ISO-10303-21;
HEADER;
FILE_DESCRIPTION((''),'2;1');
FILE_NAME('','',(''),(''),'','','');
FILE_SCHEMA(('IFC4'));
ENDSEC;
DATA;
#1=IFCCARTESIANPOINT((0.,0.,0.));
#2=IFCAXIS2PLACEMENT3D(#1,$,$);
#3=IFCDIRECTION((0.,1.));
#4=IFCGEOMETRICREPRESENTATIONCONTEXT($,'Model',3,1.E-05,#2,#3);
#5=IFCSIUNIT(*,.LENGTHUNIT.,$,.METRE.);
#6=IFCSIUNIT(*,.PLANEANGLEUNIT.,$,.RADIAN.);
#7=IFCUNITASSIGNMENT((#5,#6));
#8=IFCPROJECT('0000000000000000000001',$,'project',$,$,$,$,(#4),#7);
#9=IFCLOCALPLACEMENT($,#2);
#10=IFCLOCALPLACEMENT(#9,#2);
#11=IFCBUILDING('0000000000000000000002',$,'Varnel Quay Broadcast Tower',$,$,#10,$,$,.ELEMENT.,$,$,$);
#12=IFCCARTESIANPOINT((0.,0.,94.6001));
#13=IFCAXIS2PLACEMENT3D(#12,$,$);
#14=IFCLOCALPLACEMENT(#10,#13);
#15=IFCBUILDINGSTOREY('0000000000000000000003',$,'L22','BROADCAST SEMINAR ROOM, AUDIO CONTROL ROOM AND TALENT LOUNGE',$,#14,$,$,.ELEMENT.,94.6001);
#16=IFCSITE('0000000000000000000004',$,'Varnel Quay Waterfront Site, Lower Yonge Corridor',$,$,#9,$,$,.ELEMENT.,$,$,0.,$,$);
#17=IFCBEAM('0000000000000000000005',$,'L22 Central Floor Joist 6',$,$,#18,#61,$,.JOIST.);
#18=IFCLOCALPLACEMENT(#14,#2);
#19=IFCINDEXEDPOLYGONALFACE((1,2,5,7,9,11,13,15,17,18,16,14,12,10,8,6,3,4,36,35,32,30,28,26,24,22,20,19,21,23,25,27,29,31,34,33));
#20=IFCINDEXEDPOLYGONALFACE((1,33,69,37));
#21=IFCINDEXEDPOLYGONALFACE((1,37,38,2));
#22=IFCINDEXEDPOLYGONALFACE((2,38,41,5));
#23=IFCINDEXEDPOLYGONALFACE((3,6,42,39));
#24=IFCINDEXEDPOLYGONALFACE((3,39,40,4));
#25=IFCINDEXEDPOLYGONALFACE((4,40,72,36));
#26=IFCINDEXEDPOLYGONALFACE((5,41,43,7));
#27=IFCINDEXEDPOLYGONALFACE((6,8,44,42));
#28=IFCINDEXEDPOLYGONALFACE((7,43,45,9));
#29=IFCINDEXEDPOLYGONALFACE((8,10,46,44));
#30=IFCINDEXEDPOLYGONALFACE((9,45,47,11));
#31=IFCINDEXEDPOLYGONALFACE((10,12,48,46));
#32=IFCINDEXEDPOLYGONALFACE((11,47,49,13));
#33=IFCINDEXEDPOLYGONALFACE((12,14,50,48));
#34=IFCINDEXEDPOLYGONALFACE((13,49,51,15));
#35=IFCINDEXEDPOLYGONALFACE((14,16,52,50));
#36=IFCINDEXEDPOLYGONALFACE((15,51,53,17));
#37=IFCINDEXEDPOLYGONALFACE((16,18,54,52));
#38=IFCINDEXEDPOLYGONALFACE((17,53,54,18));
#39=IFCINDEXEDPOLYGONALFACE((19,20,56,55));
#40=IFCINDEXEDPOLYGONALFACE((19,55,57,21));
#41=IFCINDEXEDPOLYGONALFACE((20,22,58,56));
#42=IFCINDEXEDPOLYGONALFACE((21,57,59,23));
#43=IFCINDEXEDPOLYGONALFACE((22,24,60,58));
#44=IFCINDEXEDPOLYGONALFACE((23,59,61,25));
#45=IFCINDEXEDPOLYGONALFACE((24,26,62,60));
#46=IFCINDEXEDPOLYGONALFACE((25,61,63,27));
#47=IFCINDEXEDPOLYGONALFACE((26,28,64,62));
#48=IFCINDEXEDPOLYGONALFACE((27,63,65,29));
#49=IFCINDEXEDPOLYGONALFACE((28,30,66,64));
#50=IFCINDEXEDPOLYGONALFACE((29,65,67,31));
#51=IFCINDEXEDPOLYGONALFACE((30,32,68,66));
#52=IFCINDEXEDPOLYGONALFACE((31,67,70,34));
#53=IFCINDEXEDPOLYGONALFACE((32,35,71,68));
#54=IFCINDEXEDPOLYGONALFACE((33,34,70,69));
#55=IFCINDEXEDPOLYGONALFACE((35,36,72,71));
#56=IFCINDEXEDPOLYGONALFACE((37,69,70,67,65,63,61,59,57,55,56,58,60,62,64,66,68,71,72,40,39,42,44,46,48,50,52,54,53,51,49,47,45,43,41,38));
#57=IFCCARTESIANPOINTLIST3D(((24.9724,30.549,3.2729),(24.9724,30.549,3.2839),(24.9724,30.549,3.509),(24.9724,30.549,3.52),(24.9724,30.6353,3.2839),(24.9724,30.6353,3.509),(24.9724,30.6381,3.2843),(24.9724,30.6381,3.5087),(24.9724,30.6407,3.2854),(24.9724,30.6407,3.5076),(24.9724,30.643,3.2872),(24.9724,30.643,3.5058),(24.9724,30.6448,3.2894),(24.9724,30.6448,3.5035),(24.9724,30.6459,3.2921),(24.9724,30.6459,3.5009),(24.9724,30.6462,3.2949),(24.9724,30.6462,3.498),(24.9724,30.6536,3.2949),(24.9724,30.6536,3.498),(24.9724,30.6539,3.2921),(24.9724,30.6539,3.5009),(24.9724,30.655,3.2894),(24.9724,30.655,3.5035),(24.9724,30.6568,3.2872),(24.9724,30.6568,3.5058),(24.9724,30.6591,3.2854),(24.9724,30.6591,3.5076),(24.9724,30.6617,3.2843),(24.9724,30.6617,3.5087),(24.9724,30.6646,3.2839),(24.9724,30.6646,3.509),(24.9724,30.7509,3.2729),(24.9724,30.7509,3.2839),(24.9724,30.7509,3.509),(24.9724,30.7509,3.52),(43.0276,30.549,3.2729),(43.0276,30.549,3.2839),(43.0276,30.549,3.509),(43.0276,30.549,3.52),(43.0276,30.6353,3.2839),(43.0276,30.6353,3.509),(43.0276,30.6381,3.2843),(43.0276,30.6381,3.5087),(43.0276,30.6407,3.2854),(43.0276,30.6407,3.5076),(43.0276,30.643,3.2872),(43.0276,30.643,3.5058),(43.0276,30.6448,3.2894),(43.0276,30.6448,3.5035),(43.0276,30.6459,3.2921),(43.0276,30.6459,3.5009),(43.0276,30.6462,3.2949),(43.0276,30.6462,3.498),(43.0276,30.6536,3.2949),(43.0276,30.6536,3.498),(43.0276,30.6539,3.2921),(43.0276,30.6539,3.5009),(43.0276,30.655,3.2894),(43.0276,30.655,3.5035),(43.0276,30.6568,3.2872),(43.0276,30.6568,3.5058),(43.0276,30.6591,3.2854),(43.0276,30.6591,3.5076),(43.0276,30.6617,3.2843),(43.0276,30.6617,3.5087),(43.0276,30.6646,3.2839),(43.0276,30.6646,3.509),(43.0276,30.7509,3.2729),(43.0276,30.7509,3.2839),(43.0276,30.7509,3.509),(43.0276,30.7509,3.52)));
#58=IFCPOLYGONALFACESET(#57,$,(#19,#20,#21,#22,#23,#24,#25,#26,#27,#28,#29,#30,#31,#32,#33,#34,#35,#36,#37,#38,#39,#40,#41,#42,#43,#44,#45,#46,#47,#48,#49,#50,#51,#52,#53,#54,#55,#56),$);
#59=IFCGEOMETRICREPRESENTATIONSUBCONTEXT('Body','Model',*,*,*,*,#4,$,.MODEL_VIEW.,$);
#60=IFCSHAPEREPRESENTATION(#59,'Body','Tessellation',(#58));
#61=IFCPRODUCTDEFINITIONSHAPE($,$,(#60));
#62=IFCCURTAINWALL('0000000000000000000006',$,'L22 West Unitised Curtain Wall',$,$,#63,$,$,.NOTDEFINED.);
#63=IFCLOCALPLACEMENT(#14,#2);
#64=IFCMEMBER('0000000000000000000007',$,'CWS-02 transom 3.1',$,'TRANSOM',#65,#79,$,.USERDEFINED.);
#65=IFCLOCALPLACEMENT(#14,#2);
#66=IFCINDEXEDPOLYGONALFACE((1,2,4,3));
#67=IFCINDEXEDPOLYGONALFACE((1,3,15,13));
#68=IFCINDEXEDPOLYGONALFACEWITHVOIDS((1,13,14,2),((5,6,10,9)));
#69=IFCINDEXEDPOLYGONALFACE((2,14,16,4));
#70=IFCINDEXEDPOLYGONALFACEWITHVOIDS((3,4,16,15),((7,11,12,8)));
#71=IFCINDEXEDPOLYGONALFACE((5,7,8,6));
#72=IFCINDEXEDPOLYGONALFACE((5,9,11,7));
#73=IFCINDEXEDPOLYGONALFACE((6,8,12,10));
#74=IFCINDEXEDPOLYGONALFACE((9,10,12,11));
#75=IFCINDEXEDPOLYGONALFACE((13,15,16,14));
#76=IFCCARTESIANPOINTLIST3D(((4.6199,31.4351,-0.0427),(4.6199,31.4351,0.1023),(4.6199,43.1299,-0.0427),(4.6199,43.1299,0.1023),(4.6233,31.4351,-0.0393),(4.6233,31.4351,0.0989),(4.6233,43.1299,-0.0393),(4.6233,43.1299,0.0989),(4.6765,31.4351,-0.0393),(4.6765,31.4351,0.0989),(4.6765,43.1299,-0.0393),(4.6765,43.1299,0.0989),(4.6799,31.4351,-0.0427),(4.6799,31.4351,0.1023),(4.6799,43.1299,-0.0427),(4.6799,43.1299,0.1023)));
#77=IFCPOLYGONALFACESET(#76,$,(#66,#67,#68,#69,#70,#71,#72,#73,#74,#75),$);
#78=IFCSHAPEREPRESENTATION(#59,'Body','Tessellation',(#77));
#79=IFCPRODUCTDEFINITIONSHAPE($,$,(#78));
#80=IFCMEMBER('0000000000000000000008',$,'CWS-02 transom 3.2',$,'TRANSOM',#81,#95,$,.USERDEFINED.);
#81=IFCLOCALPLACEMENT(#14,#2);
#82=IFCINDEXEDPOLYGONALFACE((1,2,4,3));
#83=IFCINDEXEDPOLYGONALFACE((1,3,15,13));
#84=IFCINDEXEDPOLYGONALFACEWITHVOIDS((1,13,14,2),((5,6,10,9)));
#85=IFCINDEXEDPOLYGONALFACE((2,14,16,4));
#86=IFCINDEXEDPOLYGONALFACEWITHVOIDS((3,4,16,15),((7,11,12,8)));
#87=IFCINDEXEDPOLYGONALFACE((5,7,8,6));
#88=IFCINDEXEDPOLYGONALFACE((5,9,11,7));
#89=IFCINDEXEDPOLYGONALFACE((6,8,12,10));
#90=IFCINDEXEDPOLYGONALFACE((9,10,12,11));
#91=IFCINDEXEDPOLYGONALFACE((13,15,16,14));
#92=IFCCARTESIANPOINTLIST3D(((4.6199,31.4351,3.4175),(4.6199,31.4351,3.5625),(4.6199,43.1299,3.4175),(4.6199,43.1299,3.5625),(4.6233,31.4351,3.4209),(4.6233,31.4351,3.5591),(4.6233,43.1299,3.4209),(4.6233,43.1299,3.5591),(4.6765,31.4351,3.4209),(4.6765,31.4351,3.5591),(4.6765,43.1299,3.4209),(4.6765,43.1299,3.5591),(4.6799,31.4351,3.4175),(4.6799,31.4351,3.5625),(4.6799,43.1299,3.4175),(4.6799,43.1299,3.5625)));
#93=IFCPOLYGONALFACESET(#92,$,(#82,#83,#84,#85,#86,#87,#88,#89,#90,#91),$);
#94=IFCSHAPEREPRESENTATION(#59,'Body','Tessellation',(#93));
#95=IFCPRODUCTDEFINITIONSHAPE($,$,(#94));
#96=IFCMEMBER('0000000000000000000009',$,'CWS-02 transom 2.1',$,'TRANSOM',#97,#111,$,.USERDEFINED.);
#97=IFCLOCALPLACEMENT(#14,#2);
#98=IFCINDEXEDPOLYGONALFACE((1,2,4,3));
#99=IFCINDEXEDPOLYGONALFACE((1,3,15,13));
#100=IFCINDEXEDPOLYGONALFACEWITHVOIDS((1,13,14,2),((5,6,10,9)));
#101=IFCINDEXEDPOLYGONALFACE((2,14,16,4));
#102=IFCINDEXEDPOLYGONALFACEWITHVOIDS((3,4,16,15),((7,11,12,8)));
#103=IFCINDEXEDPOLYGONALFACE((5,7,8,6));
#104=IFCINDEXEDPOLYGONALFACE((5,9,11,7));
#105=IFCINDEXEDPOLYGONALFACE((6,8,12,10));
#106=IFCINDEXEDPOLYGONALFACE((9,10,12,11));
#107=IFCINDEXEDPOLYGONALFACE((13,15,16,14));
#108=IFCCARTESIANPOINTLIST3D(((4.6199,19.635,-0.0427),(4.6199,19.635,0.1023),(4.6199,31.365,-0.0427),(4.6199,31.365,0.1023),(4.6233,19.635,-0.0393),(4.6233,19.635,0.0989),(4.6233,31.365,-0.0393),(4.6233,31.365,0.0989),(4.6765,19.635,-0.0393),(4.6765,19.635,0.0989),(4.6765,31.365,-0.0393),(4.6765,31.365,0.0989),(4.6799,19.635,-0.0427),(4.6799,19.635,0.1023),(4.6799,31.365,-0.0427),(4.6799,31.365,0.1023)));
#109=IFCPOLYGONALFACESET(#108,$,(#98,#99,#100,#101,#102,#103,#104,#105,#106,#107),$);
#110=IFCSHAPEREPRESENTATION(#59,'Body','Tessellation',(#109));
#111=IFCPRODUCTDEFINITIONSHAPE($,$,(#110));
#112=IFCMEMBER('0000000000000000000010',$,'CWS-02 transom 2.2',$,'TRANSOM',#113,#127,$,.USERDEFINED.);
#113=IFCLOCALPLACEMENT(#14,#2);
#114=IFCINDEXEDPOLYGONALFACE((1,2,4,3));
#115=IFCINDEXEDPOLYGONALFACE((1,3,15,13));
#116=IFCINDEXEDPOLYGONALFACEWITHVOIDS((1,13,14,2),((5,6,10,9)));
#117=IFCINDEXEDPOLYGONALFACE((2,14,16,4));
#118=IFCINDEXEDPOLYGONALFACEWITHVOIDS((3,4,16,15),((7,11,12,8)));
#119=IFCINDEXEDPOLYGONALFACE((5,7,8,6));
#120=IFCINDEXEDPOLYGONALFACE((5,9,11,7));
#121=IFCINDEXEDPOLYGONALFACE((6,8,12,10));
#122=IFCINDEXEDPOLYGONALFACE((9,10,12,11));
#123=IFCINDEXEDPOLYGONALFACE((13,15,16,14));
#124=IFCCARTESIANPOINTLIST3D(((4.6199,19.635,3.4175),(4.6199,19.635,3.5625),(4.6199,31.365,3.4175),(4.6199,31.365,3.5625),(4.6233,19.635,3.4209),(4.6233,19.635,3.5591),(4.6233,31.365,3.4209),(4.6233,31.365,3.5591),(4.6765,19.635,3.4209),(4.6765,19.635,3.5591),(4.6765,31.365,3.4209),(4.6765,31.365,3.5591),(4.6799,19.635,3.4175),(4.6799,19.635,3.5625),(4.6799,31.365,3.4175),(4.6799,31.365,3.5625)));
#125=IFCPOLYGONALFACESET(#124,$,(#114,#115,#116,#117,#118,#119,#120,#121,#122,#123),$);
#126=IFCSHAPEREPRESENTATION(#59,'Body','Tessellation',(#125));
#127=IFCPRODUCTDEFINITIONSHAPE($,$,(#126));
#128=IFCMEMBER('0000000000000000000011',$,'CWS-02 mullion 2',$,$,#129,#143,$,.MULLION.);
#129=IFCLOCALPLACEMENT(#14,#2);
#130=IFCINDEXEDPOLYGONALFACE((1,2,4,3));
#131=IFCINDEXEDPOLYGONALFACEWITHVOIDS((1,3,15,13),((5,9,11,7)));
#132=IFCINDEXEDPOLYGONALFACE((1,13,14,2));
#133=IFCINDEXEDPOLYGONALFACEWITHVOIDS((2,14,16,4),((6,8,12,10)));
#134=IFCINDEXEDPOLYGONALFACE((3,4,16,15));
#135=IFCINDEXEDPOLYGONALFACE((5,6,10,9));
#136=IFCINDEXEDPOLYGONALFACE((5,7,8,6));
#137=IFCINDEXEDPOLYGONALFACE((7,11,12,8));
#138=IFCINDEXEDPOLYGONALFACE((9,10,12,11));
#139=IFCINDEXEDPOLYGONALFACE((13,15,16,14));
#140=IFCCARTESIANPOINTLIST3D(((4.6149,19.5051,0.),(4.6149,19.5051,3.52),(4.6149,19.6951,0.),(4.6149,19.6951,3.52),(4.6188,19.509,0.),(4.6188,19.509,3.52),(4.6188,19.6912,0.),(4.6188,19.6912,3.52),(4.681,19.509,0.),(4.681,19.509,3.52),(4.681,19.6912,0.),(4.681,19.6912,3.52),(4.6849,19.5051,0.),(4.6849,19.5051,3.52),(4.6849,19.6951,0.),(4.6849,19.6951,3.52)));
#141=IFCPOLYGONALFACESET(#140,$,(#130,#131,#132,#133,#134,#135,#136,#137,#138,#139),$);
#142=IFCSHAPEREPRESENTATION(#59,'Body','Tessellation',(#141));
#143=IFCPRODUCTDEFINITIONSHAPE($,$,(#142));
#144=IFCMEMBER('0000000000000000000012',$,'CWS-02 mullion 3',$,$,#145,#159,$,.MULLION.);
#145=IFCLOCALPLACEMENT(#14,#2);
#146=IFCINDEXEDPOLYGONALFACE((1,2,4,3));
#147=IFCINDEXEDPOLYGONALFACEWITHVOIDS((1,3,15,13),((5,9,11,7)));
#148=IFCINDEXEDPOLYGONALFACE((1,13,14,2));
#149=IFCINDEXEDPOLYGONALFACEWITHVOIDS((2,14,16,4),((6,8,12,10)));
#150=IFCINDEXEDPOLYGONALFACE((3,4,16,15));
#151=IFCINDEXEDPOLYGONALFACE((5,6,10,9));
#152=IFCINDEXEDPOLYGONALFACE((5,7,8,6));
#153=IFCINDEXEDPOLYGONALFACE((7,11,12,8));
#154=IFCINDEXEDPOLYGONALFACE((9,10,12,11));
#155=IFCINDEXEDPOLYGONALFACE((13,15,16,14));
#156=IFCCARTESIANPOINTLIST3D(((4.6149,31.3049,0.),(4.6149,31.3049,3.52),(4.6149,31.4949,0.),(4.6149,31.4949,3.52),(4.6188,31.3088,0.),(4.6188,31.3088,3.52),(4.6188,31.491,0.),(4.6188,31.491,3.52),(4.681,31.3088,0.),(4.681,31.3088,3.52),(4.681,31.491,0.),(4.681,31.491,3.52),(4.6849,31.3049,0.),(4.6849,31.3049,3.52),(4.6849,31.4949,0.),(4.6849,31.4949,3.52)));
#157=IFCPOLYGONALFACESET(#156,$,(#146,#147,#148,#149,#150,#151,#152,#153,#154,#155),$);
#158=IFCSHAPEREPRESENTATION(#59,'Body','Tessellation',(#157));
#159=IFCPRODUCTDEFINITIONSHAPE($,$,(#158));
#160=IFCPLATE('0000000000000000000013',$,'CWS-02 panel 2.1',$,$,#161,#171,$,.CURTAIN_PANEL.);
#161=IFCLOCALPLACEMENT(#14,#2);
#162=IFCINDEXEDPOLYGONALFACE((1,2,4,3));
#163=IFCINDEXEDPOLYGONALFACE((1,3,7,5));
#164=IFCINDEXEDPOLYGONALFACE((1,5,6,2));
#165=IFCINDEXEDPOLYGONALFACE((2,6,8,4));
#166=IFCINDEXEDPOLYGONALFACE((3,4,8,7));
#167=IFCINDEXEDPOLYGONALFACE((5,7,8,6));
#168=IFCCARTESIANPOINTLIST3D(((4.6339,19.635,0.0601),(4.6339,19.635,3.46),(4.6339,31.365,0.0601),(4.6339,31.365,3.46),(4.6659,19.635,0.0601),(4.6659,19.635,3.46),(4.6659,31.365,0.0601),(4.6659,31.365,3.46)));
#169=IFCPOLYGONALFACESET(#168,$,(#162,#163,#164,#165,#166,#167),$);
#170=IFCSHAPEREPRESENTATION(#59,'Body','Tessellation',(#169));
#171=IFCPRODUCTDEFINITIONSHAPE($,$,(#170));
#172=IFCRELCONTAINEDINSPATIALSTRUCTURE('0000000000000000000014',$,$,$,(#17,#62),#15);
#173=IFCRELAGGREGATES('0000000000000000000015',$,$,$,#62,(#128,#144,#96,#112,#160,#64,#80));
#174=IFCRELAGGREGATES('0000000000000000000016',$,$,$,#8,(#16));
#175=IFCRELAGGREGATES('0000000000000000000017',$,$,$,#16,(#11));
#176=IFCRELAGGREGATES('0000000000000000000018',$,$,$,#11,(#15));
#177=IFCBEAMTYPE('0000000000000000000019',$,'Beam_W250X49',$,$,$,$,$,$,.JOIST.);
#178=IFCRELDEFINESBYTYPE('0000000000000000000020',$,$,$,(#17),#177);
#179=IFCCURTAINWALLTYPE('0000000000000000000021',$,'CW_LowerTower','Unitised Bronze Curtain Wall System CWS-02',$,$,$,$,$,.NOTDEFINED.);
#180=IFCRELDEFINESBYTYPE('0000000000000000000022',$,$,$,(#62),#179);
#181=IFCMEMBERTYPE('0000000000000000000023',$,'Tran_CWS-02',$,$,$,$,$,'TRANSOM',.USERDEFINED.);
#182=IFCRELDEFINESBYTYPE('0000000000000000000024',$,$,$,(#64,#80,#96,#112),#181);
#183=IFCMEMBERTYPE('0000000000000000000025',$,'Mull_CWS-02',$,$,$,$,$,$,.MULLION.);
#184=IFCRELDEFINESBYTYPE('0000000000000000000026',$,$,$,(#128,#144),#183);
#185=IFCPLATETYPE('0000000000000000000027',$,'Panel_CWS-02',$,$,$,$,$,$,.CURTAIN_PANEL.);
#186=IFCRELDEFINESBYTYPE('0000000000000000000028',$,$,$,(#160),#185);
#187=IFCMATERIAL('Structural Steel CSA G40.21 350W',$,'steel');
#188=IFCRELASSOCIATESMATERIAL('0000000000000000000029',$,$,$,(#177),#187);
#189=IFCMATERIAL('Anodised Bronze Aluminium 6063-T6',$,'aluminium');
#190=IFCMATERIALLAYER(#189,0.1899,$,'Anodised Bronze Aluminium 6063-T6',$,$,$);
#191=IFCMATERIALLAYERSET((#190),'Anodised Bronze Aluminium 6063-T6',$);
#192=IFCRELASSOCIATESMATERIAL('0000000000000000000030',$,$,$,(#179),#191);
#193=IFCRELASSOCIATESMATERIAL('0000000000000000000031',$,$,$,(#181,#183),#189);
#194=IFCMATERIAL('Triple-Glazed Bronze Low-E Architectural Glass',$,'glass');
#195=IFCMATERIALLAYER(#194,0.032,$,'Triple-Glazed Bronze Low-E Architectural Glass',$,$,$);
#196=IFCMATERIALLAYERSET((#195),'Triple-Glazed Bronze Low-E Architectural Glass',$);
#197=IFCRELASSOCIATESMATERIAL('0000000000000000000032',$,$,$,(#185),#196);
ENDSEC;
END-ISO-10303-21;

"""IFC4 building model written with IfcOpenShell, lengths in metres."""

from ifc_helpers import new_model, si_unit, direction, frame, origin, origin_2d, place, context, subcontext, project, spatial, rectangle, hollow_rectangle, i_section, extrude, source, transform, mapped, material, layer, layer_set, material_profile, profile_set, type_object, type_shapes, element, aggregate, save


model = new_model("IFC4")

# Units and contexts
model_context = context("Model", 3, precision=1e-05, world=origin(), true_north=direction((0.0, 1.0)))
body_context = subcontext(model_context, "Body", "Model", "MODEL_VIEW")
ifc_project = project(units=[si_unit("LENGTHUNIT", "METRE"), si_unit("PLANEANGLEUNIT", "RADIAN")], contexts=[model_context])

# Site, building, storey
site_placement = place(None, origin())
site = spatial("IfcSite", under=ifc_project, at=site_placement, Name="Varnel Quay Waterfront Site, Lower Yonge Corridor", CompositionType="ELEMENT", RefElevation=0.0)
building_placement = place(site_placement, origin())
building = spatial("IfcBuilding", under=site, at=building_placement, Name="Varnel Quay Broadcast Tower", CompositionType="ELEMENT")
storey_placement = place(building_placement, frame((0.0, 0.0, 94.6001)))
storey = spatial("IfcBuildingStorey", under=building, at=storey_placement, Name="L22", Description="BROADCAST SEMINAR ROOM, AUDIO CONTROL ROOM AND TALENT LOUNGE", CompositionType="ELEMENT", Elevation=94.6001)

# Shared definitions
ifc_material_1 = material(Name="Structural Steel CSA G40.21 350W", Category="steel")

# Beam
ifc_material_profile_1 = material_profile(ifc_material_1, i_section(OverallWidth=0.2019, OverallDepth=0.2471, WebThickness=0.0073, FlangeThickness=0.011, FilletRadius=0.011, at=origin_2d()), Name="W250X49")
ifc_profile_set_1 = profile_set([ifc_material_profile_1], Name="Structural Steel CSA G40.21 350W")
beam_type_1 = type_object("IfcBeamType", Name="Beam_W250X49", PredefinedType="JOIST", material=ifc_profile_set_1)
shared_shape_1 = source(origin(), body_context, "Body", "SweptSolid", [
    extrude(i_section(OverallWidth=0.2019, OverallDepth=0.2471, WebThickness=0.0073, FlangeThickness=0.011, FilletRadius=0.011, at=origin_2d()), origin(), (0.0, 0.0, 1.0), 18.0552),
])
for number, where, z_axis, x_axis, name in (
    (1, (24.9724, 30.6499, 3.3965), (1.0, 0.0, 0.0), (0.0, 1.0, 0.0), "L22 Central Floor Joist 6"),
):
    element("IfcBeam", number, at=place(storey_placement, frame(where, z_axis=z_axis, x_axis=x_axis)), inside=storey, type_object=beam_type_1, Name=name, PredefinedType="JOIST", context=body_context, shape_type="MappedRepresentation", body=[
        mapped(shared_shape_1, transform((0.0, 0.0, 0.0), x_axis=(1.0, 0.0, 0.0), y_axis=(0.0, 1.0, 0.0), z_axis=(0.0, 0.0, 1.0), scale=1.0)),
    ])

# Curtain wall, members, plate
ifc_material_2 = material(Name="Anodised Bronze Aluminium 6063-T6", Category="aluminium")
ifc_layer_1 = layer(ifc_material_2, 0.1899, Name="Anodised Bronze Aluminium 6063-T6")
ifc_layer_set_1 = layer_set([ifc_layer_1], Name="Anodised Bronze Aluminium 6063-T6")
curtain_wall_type = type_object("IfcCurtainWallType", Name="CW_LowerTower", Description="Unitised Bronze Curtain Wall System CWS-02", PredefinedType="NOTDEFINED", material=ifc_layer_set_1)
curtain_wall_placement = place(storey_placement, origin())
curtain_wall = element("IfcCurtainWall", 2, at=curtain_wall_placement, inside=storey, type_object=curtain_wall_type, Name="L22 West Unitised Curtain Wall", PredefinedType="NOTDEFINED")
ifc_material_profile_2 = material_profile(ifc_material_2, hollow_rectangle(XDim=0.0601, YDim=0.145, WallThickness=0.0034, at=origin_2d()), Name="ALU60X145X3.5")
ifc_profile_set_2 = profile_set([ifc_material_profile_2], Name="Anodised Bronze Aluminium 6063-T6")
member_type_1 = type_object("IfcMemberType", Name="Tran_CWS-02", ElementType="TRANSOM", PredefinedType="USERDEFINED", material=ifc_profile_set_2)
shared_shape_2 = source(origin(), body_context, "Body", "SweptSolid", [
    extrude(hollow_rectangle(XDim=0.0601, YDim=0.145, WallThickness=0.0034, at=origin_2d()), origin(), (0.0, 0.0, 1.0), 11.6948),
])
member_1_placement = place(storey_placement, frame((4.6499, 31.4351, 0.0298), z_axis=(0.0, 1.0, 0.0), x_axis=(-1.0, 0.0, 0.0)))
member_1 = element("IfcMember", 3, at=member_1_placement, type_object=member_type_1, Name="CWS-02 transom 3.1", ObjectType="TRANSOM", PredefinedType="USERDEFINED", context=body_context, shape_type="MappedRepresentation", body=[
    mapped(shared_shape_2, transform((0.0, 0.0, 0.0), x_axis=(1.0, 0.0, 0.0), y_axis=(0.0, 1.0, 0.0), z_axis=(0.0, 0.0, 1.0), scale=1.0)),
])
member_2_placement = place(storey_placement, frame((4.6499, 31.4351, 3.49), z_axis=(0.0, 1.0, 0.0), x_axis=(-1.0, 0.0, 0.0)))
member_2 = element("IfcMember", 4, at=member_2_placement, type_object=member_type_1, Name="CWS-02 transom 3.2", ObjectType="TRANSOM", PredefinedType="USERDEFINED", context=body_context, shape_type="MappedRepresentation", body=[
    mapped(shared_shape_2, transform((0.0, 0.0, 0.0), x_axis=(1.0, 0.0, 0.0), y_axis=(0.0, 1.0, 0.0), z_axis=(0.0, 0.0, 1.0), scale=1.0)),
])
shared_shape_3 = source(origin(), body_context, "Body", "SweptSolid", [
    extrude(hollow_rectangle(XDim=0.0601, YDim=0.145, WallThickness=0.0034, at=origin_2d()), origin(), (0.0, 0.0, 1.0), 11.73),
])
type_shapes(member_type_1, [shared_shape_2, shared_shape_3])
member_3_placement = place(storey_placement, frame((4.6499, 19.635, 0.0298), z_axis=(0.0, 1.0, 0.0), x_axis=(-1.0, 0.0, 0.0)))
member_3 = element("IfcMember", 5, at=member_3_placement, type_object=member_type_1, Name="CWS-02 transom 2.1", ObjectType="TRANSOM", PredefinedType="USERDEFINED", context=body_context, shape_type="MappedRepresentation", body=[
    mapped(shared_shape_3, transform((0.0, 0.0, 0.0), x_axis=(1.0, 0.0, 0.0), y_axis=(0.0, 1.0, 0.0), z_axis=(0.0, 0.0, 1.0), scale=1.0)),
])
member_4_placement = place(storey_placement, frame((4.6499, 19.635, 3.49), z_axis=(0.0, 1.0, 0.0), x_axis=(-1.0, 0.0, 0.0)))
member_4 = element("IfcMember", 6, at=member_4_placement, type_object=member_type_1, Name="CWS-02 transom 2.2", ObjectType="TRANSOM", PredefinedType="USERDEFINED", context=body_context, shape_type="MappedRepresentation", body=[
    mapped(shared_shape_3, transform((0.0, 0.0, 0.0), x_axis=(1.0, 0.0, 0.0), y_axis=(0.0, 1.0, 0.0), z_axis=(0.0, 0.0, 1.0), scale=1.0)),
])
ifc_material_profile_3 = material_profile(ifc_material_2, hollow_rectangle(XDim=0.0701, YDim=0.1899, WallThickness=0.0039, at=origin_2d()), Name="ALU70X190X4")
ifc_profile_set_3 = profile_set([ifc_material_profile_3], Name="Anodised Bronze Aluminium 6063-T6")
member_type_2 = type_object("IfcMemberType", Name="Mull_CWS-02", PredefinedType="MULLION", material=ifc_profile_set_3)
shared_shape_4 = source(origin(), body_context, "Body", "SweptSolid", [
    extrude(hollow_rectangle(XDim=0.0701, YDim=0.1899, WallThickness=0.0039, at=origin_2d()), origin(), (0.0, 0.0, 1.0), 3.52),
])
type_shapes(member_type_2, [shared_shape_4])
member_5_placement = place(storey_placement, frame((4.6499, 19.6001, 0.0), z_axis=(0.0, 0.0, 1.0), x_axis=(-1.0, 0.0, 0.0)))
member_5 = element("IfcMember", 7, at=member_5_placement, type_object=member_type_2, Name="CWS-02 mullion 2", PredefinedType="MULLION", context=body_context, shape_type="MappedRepresentation", body=[
    mapped(shared_shape_4, transform((0.0, 0.0, 0.0), x_axis=(1.0, 0.0, 0.0), y_axis=(0.0, 1.0, 0.0), z_axis=(0.0, 0.0, 1.0), scale=1.0)),
])
member_6_placement = place(storey_placement, frame((4.6499, 31.3999, 0.0), z_axis=(0.0, 0.0, 1.0), x_axis=(-1.0, 0.0, 0.0)))
member_6 = element("IfcMember", 8, at=member_6_placement, type_object=member_type_2, Name="CWS-02 mullion 3", PredefinedType="MULLION", context=body_context, shape_type="MappedRepresentation", body=[
    mapped(shared_shape_4, transform((0.0, 0.0, 0.0), x_axis=(1.0, 0.0, 0.0), y_axis=(0.0, 1.0, 0.0), z_axis=(0.0, 0.0, 1.0), scale=1.0)),
])
ifc_material_3 = material(Name="Triple-Glazed Bronze Low-E Architectural Glass", Category="glass")
ifc_layer_2 = layer(ifc_material_3, 0.032, Name="Triple-Glazed Bronze Low-E Architectural Glass")
ifc_layer_set_2 = layer_set([ifc_layer_2], Name="Triple-Glazed Bronze Low-E Architectural Glass")
plate_type = type_object("IfcPlateType", Name="Panel_CWS-02", PredefinedType="CURTAIN_PANEL", material=ifc_layer_set_2)
shared_shape_5 = source(origin(), body_context, "Body", "SweptSolid", [
    extrude(rectangle(XDim=11.73, YDim=0.032, at=origin_2d()), origin(), (0.0, 0.0, 1.0), 3.3999),
])
type_shapes(plate_type, [shared_shape_5])
plate_placement = place(storey_placement, frame((4.6499, 25.5, 0.0601), z_axis=(0.0, 0.0, 1.0), x_axis=(0.0, 1.0, 0.0)))
plate = element("IfcPlate", 9, at=plate_placement, type_object=plate_type, Name="CWS-02 panel 2.1", PredefinedType="CURTAIN_PANEL", context=body_context, shape_type="MappedRepresentation", body=[
    mapped(shared_shape_5, transform((0.0, 0.0, 0.0), x_axis=(1.0, 0.0, 0.0), y_axis=(0.0, 1.0, 0.0), z_axis=(0.0, 0.0, 1.0), scale=1.0)),
])
aggregate(curtain_wall, [member_5, member_6, member_3, member_4, plate, member_1, member_2])

save(model, "model.ifc")
